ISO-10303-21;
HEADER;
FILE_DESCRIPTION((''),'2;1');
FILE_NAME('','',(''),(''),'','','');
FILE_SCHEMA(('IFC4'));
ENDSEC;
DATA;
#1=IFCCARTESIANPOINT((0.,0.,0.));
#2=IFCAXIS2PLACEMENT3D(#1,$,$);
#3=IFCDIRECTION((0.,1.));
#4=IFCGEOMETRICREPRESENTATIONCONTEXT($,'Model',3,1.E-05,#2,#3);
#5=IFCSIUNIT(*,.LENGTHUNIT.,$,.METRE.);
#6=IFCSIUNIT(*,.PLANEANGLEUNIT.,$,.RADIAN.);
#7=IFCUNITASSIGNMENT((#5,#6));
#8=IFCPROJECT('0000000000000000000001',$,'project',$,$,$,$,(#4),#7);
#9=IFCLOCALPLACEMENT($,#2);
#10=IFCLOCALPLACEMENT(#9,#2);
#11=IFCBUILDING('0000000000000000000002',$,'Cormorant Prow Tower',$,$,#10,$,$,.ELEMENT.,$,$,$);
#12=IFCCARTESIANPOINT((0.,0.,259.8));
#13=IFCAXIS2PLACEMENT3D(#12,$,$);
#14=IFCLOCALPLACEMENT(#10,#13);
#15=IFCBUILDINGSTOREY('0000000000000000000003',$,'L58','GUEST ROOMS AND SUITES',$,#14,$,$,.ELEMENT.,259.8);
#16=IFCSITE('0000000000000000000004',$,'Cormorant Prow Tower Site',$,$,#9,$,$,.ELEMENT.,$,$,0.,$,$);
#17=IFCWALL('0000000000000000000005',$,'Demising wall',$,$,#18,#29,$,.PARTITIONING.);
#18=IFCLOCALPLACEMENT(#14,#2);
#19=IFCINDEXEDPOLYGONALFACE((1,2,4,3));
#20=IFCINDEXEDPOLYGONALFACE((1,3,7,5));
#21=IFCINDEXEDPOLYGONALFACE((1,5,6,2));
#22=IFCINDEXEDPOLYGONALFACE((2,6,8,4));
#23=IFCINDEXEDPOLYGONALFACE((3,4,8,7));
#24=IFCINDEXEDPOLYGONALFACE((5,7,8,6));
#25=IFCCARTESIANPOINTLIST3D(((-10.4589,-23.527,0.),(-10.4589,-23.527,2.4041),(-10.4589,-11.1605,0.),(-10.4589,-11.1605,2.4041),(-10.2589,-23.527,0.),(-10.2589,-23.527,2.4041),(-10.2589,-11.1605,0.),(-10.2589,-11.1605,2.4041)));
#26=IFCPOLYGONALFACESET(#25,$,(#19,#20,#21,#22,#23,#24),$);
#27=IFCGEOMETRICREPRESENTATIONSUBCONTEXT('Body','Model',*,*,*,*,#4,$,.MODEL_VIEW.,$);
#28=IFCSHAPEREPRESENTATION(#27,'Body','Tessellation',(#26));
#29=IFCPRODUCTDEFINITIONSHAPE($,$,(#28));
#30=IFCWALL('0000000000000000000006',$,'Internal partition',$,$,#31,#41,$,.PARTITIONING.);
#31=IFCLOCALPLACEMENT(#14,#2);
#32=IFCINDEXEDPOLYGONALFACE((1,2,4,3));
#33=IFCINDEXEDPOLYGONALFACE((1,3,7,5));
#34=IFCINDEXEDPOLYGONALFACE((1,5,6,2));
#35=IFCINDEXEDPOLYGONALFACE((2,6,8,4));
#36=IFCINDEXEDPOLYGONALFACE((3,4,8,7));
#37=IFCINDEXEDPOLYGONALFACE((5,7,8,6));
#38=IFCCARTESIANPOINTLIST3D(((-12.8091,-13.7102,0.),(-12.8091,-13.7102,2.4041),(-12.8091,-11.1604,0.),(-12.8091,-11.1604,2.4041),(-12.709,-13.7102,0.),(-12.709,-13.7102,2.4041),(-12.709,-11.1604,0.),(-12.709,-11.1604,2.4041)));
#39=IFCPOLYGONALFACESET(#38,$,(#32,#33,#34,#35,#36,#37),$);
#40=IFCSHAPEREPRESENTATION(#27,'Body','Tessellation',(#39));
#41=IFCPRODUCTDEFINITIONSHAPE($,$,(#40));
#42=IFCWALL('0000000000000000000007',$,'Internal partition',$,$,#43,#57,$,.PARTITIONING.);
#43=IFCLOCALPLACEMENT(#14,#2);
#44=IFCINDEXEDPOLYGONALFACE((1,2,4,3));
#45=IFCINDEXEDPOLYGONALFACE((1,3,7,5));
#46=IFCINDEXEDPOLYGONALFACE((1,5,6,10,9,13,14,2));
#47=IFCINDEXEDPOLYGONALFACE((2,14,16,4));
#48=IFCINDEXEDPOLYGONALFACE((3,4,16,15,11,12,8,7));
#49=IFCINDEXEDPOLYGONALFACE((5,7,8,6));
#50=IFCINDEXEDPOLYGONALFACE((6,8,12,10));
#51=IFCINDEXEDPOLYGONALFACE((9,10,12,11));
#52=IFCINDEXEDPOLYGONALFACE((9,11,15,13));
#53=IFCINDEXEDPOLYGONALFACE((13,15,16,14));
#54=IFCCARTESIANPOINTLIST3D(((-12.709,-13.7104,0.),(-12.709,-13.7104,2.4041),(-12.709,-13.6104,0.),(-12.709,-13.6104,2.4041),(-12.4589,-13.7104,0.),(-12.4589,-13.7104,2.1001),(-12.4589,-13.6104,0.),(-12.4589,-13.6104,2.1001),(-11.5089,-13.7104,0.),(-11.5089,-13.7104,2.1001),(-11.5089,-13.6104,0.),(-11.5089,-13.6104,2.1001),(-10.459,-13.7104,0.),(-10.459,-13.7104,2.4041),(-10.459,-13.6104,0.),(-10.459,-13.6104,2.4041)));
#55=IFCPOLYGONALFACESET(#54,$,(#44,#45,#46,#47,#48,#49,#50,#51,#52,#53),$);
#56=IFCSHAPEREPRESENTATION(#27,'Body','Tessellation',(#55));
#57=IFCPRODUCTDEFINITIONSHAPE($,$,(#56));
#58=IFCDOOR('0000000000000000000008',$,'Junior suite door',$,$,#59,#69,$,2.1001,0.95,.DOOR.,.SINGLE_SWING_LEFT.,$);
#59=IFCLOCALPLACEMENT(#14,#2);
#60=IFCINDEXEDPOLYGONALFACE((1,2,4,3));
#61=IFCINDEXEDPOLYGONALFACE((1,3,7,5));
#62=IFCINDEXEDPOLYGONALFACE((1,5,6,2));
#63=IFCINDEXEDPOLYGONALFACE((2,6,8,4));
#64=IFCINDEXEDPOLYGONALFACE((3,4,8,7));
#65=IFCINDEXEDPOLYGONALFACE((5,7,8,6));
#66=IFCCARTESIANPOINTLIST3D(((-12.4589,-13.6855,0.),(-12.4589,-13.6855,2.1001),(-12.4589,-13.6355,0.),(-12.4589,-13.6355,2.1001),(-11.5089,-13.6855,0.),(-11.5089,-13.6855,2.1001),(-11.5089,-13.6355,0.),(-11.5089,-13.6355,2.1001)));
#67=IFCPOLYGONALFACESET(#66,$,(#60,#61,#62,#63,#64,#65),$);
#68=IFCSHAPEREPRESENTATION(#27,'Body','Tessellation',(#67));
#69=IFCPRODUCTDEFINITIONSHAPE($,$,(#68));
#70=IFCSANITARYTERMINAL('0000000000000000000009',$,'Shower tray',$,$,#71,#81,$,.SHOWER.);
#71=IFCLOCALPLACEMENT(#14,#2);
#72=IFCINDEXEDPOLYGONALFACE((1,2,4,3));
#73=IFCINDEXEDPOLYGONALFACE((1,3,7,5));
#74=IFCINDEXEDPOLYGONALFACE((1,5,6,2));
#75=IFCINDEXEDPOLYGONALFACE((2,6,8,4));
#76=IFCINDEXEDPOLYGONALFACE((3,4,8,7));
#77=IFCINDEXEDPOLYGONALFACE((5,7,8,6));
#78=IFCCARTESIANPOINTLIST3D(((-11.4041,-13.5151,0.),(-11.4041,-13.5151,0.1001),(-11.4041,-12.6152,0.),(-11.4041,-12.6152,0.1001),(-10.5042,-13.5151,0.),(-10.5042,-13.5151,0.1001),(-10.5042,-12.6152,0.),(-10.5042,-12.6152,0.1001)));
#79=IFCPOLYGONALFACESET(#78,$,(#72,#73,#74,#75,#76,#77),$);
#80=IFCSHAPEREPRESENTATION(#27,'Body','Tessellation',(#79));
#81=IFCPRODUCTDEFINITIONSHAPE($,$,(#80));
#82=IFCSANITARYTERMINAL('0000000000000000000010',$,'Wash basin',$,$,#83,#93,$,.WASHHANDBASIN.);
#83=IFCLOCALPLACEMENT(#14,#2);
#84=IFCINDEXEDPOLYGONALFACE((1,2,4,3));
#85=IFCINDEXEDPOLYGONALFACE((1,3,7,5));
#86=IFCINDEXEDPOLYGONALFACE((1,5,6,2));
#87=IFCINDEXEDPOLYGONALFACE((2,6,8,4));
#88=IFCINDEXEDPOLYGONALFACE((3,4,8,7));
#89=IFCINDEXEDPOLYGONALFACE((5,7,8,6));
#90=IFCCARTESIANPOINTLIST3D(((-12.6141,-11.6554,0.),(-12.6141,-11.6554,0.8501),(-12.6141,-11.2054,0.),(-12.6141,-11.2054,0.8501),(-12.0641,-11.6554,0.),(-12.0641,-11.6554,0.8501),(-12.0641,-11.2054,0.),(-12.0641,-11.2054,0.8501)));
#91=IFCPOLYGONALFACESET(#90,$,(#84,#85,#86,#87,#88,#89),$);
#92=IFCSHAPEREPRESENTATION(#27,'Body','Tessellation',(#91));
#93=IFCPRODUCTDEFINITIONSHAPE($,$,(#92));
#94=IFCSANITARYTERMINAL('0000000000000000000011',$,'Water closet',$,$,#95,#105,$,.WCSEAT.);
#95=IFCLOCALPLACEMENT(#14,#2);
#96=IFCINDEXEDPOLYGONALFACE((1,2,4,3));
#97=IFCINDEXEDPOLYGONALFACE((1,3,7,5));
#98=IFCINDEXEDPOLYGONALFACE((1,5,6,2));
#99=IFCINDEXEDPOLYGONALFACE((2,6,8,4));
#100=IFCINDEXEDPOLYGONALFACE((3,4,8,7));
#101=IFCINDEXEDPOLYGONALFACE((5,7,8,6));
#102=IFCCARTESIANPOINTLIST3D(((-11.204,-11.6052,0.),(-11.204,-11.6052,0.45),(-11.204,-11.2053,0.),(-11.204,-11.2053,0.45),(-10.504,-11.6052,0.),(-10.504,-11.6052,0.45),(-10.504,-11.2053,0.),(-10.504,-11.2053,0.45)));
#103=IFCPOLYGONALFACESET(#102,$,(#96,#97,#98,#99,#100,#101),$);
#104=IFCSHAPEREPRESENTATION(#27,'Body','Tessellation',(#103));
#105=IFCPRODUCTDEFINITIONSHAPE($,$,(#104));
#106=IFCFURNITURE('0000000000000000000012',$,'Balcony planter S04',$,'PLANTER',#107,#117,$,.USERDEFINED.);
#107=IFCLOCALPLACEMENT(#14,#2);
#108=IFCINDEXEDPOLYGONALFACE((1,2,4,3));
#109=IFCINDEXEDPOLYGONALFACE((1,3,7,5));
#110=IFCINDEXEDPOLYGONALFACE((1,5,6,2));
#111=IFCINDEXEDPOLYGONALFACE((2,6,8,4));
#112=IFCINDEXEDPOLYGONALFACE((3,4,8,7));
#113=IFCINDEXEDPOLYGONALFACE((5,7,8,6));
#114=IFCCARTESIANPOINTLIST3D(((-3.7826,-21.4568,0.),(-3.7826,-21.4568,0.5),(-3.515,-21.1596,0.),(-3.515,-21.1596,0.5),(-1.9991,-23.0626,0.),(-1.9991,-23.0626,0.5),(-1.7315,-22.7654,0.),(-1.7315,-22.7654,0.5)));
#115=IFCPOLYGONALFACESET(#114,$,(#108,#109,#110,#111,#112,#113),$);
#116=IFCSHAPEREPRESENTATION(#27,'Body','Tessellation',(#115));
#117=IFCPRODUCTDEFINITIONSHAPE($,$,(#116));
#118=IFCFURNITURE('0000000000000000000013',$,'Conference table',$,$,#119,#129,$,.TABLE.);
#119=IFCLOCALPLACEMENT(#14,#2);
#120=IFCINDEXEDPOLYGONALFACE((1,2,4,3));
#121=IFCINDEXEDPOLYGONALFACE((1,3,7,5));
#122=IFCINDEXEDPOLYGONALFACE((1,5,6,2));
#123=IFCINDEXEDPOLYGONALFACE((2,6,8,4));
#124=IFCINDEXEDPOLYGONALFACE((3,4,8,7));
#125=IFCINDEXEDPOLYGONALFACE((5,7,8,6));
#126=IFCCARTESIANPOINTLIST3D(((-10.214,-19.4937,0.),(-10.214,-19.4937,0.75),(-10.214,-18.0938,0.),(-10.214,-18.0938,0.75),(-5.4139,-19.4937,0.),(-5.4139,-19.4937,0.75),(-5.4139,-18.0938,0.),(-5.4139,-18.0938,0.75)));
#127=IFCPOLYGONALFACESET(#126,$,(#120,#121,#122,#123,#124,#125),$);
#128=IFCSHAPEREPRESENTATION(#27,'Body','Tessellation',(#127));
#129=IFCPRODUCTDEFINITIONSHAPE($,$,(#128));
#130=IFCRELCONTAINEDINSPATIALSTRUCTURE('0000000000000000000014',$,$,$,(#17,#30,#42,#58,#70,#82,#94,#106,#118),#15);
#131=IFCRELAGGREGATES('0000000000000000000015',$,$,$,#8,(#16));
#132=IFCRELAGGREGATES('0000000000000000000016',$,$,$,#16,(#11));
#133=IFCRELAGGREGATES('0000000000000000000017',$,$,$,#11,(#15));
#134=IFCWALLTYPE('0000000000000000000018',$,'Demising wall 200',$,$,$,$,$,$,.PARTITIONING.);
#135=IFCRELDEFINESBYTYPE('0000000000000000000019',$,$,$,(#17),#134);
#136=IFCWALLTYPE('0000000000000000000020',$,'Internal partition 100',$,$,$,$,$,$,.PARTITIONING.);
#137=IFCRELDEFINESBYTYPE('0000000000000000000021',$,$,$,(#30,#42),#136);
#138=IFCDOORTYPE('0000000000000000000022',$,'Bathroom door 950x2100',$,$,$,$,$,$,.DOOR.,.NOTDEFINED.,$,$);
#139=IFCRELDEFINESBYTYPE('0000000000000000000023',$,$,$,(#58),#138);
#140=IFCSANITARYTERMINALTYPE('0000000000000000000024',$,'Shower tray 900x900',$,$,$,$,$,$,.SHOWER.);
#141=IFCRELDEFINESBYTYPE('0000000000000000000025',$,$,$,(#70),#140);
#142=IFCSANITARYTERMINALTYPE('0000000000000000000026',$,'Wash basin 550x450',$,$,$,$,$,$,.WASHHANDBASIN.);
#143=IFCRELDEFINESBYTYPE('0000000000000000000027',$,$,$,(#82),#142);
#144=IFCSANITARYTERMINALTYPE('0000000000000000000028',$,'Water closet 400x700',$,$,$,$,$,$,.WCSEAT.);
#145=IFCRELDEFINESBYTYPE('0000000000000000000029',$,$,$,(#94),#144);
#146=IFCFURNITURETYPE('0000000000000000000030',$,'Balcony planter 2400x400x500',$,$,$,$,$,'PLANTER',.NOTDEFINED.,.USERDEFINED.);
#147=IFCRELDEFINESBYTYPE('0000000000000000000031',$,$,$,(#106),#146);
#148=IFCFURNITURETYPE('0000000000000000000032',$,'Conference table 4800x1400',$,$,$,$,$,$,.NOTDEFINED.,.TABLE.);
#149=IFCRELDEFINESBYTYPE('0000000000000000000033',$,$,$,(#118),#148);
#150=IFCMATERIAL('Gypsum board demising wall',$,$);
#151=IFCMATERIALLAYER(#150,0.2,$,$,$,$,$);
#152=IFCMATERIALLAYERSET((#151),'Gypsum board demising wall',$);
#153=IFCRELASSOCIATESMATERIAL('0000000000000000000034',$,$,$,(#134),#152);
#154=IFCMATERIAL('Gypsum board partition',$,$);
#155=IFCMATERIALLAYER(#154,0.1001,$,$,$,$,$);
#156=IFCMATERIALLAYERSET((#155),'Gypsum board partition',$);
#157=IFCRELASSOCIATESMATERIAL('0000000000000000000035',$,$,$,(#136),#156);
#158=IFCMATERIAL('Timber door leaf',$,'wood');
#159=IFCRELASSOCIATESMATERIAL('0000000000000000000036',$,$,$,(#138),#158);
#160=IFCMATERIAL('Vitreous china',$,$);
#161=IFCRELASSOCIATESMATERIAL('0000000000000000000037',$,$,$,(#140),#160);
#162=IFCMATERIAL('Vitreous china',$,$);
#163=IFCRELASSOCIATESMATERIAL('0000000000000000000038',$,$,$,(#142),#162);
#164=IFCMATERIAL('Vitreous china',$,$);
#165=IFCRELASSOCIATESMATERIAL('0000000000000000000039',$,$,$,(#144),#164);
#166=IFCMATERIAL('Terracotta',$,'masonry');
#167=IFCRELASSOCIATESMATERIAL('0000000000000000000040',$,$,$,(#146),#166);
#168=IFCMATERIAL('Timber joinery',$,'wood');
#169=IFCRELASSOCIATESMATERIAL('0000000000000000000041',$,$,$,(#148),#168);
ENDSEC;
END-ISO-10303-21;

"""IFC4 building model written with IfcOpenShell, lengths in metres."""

from ifc_helpers import new_model, si_unit, direction, frame, frame_2d, origin, origin_2d, place, context, subcontext, project, spatial, rectangle, extrude, material, layer, layer_set, type_object, element, fill, save


model = new_model("IFC4")

# Units and contexts
model_context = context("Model", 3, precision=1e-05, world=origin(), true_north=direction((0.0, 1.0)))
body_context = subcontext(model_context, "Body", "Model", "MODEL_VIEW")
ifc_project = project(units=[si_unit("LENGTHUNIT", "METRE"), si_unit("PLANEANGLEUNIT", "RADIAN")], contexts=[model_context])

# Site, building, storey
site_placement = place(None, origin())
site = spatial("IfcSite", under=ifc_project, at=site_placement, Name="Cormorant Prow Tower Site", CompositionType="ELEMENT", RefElevation=0.0)
building_placement = place(site_placement, origin())
building = spatial("IfcBuilding", under=site, at=building_placement, Name="Cormorant Prow Tower", CompositionType="ELEMENT")
storey_placement = place(building_placement, frame((0.0, 0.0, 259.8)))
storey = spatial("IfcBuildingStorey", under=building, at=storey_placement, Name="L58", Description="GUEST ROOMS AND SUITES", CompositionType="ELEMENT", Elevation=259.8)

# Walls
ifc_material_1 = material(Name="Gypsum board demising wall")
ifc_layer_1 = layer(ifc_material_1, 0.2)
ifc_layer_set_1 = layer_set([ifc_layer_1], Name="Gypsum board demising wall")
wall_type_1 = type_object("IfcWallType", Name="Demising wall 200", PredefinedType="PARTITIONING", material=ifc_layer_set_1)
wall_1_placement = place(storey_placement, frame((-10.3589, -23.5269, 0.0), z_axis=(0.0, 0.0, 1.0), x_axis=(0.0, 1.0, 0.0)))
element("IfcWall", 1, at=wall_1_placement, inside=storey, type_object=wall_type_1, Name="Demising wall", PredefinedType="PARTITIONING", context=body_context, shape_type="SweptSolid", body=[
    extrude(rectangle(XDim=12.3665, YDim=0.2, at=frame_2d((6.1831, 0.0))), origin(), (0.0, 0.0, 1.0), 2.4041),
])
ifc_material_2 = material(Name="Gypsum board partition")
ifc_layer_2 = layer(ifc_material_2, 0.1001)
ifc_layer_set_2 = layer_set([ifc_layer_2], Name="Gypsum board partition")
wall_type_2 = type_object("IfcWallType", Name="Internal partition 100", PredefinedType="PARTITIONING", material=ifc_layer_set_2)
wall_2_placement = place(storey_placement, frame((-12.759, -13.7102, 0.0), z_axis=(0.0, 0.0, 1.0), x_axis=(0.0, 1.0, 0.0)))
element("IfcWall", 2, at=wall_2_placement, inside=storey, type_object=wall_type_2, Name="Internal partition", PredefinedType="PARTITIONING", context=body_context, shape_type="SweptSolid", body=[
    extrude(rectangle(XDim=2.5498, YDim=0.1001, at=frame_2d((1.2749, 0.0))), origin(), (0.0, 0.0, 1.0), 2.4041),
])

# Wall, opening, door
wall_3_placement = place(storey_placement, frame((-12.709, -13.6604, 0.0), z_axis=(0.0, 0.0, 1.0), x_axis=(1.0, 0.0, 0.0)))
wall_3 = element("IfcWall", 3, at=wall_3_placement, inside=storey, type_object=wall_type_2, Name="Internal partition", PredefinedType="PARTITIONING", context=body_context, shape_type="SweptSolid", body=[
    extrude(rectangle(XDim=2.25, YDim=0.1001, at=frame_2d((1.125, 0.0))), origin(), (0.0, 0.0, 1.0), 2.4041),
])
opening_1_placement = place(wall_3_placement, frame((0.25, 0.0, 0.0)))
opening_1 = element("IfcOpeningElement", 4, at=opening_1_placement, cuts=wall_3, PredefinedType="OPENING", context=body_context, shape_type="SweptSolid", body=[
    extrude(rectangle(XDim=0.95, YDim=2.1001, at=frame_2d((0.4751, 1.05))), frame((0.0, 0.0601, 0.0), z_axis=(0.0, -1.0, 0.0), x_axis=(1.0, 0.0, 0.0)), (0.0, 0.0, 1.0), 0.1201),
])
ifc_material_3 = material(Name="Timber door leaf", Category="wood")
door_type_1 = type_object("IfcDoorType", Name="Bathroom door 950x2100", OperationType="NOTDEFINED", PredefinedType="DOOR", material=ifc_material_3)
door_1_placement = place(opening_1_placement, origin())
door_1 = element("IfcDoor", 5, at=door_1_placement, inside=storey, type_object=door_type_1, Name="Junior suite door", OperationType="SINGLE_SWING_LEFT", OverallHeight=2.1001, OverallWidth=0.95, PredefinedType="DOOR", context=body_context, shape_type="SweptSolid", body=[
    extrude(rectangle(XDim=0.95, YDim=2.1001, at=frame_2d((0.4751, 1.05))), frame((0.0, 0.0249, 0.0), z_axis=(0.0, -1.0, 0.0), x_axis=(1.0, 0.0, 0.0)), (0.0, 0.0, 1.0), 0.05),
])
fill(opening_1, door_1)

# Sanitary terminals
ifc_material_4 = material(Name="Vitreous china")
sanitary_terminal_type_1 = type_object("IfcSanitaryTerminalType", Name="Shower tray 900x900", PredefinedType="SHOWER", material=ifc_material_4)
sanitary_terminal_1_placement = place(storey_placement, frame((-10.9541, -13.0652, 0.0), z_axis=(0.0, 0.0, 1.0), x_axis=(-1.0, 0.0, 0.0)))
element("IfcSanitaryTerminal", 6, at=sanitary_terminal_1_placement, inside=storey, type_object=sanitary_terminal_type_1, Name="Shower tray", PredefinedType="SHOWER", context=body_context, shape_type="SweptSolid", body=[
    extrude(rectangle(XDim=0.8999, YDim=0.8999, at=origin_2d()), origin(), (0.0, 0.0, 1.0), 0.1001),
])
ifc_material_5 = material(Name="Vitreous china")
sanitary_terminal_type_2 = type_object("IfcSanitaryTerminalType", Name="Wash basin 550x450", PredefinedType="WASHHANDBASIN", material=ifc_material_5)
sanitary_terminal_2_placement = place(storey_placement, frame((-12.3391, -11.4304, 0.0), z_axis=(0.0, 0.0, 1.0), x_axis=(1.0, 0.0, 0.0)))
element("IfcSanitaryTerminal", 7, at=sanitary_terminal_2_placement, inside=storey, type_object=sanitary_terminal_type_2, Name="Wash basin", PredefinedType="WASHHANDBASIN", context=body_context, shape_type="SweptSolid", body=[
    extrude(rectangle(XDim=0.55, YDim=0.45, at=origin_2d()), origin(), (0.0, 0.0, 1.0), 0.8501),
])
ifc_material_6 = material(Name="Vitreous china")
sanitary_terminal_type_3 = type_object("IfcSanitaryTerminalType", Name="Water closet 400x700", PredefinedType="WCSEAT", material=ifc_material_6)
sanitary_terminal_3_placement = place(storey_placement, frame((-10.854, -11.4053, 0.0), z_axis=(0.0, 0.0, 1.0), x_axis=(0.0, -1.0, 0.0)))
element("IfcSanitaryTerminal", 8, at=sanitary_terminal_3_placement, inside=storey, type_object=sanitary_terminal_type_3, Name="Water closet", PredefinedType="WCSEAT", context=body_context, shape_type="SweptSolid", body=[
    extrude(rectangle(XDim=0.3999, YDim=0.7, at=origin_2d()), origin(), (0.0, 0.0, 1.0), 0.45),
])

# Furniture
ifc_material_7 = material(Name="Terracotta", Category="masonry")
furniture_type_1 = type_object("IfcFurnitureType", Name="Balcony planter 2400x400x500", ElementType="PLANTER", AssemblyPlace="NOTDEFINED", PredefinedType="USERDEFINED", material=ifc_material_7)
furniture_1_placement = place(storey_placement, frame((-2.7571, -22.1111, 0.0), z_axis=(0.0, 0.0, 1.0), x_axis=(0.743145, -0.669131, 0.0)))
element("IfcFurniture", 9, at=furniture_1_placement, inside=storey, type_object=furniture_type_1, Name="Balcony planter S04", ObjectType="PLANTER", PredefinedType="USERDEFINED", context=body_context, shape_type="SweptSolid", body=[
    extrude(rectangle(XDim=2.3999, YDim=0.3999, at=origin_2d()), origin(), (0.0, 0.0, 1.0), 0.5),
])
ifc_material_8 = material(Name="Timber joinery", Category="wood")
furniture_type_2 = type_object("IfcFurnitureType", Name="Conference table 4800x1400", AssemblyPlace="NOTDEFINED", PredefinedType="TABLE", material=ifc_material_8)
furniture_2_placement = place(storey_placement, frame((-7.814, -18.7937, 0.0), z_axis=(0.0, 0.0, 1.0), x_axis=(1.0, 0.0, 0.0)))
element("IfcFurniture", 10, at=furniture_2_placement, inside=storey, type_object=furniture_type_2, Name="Conference table", PredefinedType="TABLE", context=body_context, shape_type="SweptSolid", body=[
    extrude(rectangle(XDim=4.8, YDim=1.3999, at=origin_2d()), origin(), (0.0, 0.0, 1.0), 0.75),
])

save(model, "model.ifc")
